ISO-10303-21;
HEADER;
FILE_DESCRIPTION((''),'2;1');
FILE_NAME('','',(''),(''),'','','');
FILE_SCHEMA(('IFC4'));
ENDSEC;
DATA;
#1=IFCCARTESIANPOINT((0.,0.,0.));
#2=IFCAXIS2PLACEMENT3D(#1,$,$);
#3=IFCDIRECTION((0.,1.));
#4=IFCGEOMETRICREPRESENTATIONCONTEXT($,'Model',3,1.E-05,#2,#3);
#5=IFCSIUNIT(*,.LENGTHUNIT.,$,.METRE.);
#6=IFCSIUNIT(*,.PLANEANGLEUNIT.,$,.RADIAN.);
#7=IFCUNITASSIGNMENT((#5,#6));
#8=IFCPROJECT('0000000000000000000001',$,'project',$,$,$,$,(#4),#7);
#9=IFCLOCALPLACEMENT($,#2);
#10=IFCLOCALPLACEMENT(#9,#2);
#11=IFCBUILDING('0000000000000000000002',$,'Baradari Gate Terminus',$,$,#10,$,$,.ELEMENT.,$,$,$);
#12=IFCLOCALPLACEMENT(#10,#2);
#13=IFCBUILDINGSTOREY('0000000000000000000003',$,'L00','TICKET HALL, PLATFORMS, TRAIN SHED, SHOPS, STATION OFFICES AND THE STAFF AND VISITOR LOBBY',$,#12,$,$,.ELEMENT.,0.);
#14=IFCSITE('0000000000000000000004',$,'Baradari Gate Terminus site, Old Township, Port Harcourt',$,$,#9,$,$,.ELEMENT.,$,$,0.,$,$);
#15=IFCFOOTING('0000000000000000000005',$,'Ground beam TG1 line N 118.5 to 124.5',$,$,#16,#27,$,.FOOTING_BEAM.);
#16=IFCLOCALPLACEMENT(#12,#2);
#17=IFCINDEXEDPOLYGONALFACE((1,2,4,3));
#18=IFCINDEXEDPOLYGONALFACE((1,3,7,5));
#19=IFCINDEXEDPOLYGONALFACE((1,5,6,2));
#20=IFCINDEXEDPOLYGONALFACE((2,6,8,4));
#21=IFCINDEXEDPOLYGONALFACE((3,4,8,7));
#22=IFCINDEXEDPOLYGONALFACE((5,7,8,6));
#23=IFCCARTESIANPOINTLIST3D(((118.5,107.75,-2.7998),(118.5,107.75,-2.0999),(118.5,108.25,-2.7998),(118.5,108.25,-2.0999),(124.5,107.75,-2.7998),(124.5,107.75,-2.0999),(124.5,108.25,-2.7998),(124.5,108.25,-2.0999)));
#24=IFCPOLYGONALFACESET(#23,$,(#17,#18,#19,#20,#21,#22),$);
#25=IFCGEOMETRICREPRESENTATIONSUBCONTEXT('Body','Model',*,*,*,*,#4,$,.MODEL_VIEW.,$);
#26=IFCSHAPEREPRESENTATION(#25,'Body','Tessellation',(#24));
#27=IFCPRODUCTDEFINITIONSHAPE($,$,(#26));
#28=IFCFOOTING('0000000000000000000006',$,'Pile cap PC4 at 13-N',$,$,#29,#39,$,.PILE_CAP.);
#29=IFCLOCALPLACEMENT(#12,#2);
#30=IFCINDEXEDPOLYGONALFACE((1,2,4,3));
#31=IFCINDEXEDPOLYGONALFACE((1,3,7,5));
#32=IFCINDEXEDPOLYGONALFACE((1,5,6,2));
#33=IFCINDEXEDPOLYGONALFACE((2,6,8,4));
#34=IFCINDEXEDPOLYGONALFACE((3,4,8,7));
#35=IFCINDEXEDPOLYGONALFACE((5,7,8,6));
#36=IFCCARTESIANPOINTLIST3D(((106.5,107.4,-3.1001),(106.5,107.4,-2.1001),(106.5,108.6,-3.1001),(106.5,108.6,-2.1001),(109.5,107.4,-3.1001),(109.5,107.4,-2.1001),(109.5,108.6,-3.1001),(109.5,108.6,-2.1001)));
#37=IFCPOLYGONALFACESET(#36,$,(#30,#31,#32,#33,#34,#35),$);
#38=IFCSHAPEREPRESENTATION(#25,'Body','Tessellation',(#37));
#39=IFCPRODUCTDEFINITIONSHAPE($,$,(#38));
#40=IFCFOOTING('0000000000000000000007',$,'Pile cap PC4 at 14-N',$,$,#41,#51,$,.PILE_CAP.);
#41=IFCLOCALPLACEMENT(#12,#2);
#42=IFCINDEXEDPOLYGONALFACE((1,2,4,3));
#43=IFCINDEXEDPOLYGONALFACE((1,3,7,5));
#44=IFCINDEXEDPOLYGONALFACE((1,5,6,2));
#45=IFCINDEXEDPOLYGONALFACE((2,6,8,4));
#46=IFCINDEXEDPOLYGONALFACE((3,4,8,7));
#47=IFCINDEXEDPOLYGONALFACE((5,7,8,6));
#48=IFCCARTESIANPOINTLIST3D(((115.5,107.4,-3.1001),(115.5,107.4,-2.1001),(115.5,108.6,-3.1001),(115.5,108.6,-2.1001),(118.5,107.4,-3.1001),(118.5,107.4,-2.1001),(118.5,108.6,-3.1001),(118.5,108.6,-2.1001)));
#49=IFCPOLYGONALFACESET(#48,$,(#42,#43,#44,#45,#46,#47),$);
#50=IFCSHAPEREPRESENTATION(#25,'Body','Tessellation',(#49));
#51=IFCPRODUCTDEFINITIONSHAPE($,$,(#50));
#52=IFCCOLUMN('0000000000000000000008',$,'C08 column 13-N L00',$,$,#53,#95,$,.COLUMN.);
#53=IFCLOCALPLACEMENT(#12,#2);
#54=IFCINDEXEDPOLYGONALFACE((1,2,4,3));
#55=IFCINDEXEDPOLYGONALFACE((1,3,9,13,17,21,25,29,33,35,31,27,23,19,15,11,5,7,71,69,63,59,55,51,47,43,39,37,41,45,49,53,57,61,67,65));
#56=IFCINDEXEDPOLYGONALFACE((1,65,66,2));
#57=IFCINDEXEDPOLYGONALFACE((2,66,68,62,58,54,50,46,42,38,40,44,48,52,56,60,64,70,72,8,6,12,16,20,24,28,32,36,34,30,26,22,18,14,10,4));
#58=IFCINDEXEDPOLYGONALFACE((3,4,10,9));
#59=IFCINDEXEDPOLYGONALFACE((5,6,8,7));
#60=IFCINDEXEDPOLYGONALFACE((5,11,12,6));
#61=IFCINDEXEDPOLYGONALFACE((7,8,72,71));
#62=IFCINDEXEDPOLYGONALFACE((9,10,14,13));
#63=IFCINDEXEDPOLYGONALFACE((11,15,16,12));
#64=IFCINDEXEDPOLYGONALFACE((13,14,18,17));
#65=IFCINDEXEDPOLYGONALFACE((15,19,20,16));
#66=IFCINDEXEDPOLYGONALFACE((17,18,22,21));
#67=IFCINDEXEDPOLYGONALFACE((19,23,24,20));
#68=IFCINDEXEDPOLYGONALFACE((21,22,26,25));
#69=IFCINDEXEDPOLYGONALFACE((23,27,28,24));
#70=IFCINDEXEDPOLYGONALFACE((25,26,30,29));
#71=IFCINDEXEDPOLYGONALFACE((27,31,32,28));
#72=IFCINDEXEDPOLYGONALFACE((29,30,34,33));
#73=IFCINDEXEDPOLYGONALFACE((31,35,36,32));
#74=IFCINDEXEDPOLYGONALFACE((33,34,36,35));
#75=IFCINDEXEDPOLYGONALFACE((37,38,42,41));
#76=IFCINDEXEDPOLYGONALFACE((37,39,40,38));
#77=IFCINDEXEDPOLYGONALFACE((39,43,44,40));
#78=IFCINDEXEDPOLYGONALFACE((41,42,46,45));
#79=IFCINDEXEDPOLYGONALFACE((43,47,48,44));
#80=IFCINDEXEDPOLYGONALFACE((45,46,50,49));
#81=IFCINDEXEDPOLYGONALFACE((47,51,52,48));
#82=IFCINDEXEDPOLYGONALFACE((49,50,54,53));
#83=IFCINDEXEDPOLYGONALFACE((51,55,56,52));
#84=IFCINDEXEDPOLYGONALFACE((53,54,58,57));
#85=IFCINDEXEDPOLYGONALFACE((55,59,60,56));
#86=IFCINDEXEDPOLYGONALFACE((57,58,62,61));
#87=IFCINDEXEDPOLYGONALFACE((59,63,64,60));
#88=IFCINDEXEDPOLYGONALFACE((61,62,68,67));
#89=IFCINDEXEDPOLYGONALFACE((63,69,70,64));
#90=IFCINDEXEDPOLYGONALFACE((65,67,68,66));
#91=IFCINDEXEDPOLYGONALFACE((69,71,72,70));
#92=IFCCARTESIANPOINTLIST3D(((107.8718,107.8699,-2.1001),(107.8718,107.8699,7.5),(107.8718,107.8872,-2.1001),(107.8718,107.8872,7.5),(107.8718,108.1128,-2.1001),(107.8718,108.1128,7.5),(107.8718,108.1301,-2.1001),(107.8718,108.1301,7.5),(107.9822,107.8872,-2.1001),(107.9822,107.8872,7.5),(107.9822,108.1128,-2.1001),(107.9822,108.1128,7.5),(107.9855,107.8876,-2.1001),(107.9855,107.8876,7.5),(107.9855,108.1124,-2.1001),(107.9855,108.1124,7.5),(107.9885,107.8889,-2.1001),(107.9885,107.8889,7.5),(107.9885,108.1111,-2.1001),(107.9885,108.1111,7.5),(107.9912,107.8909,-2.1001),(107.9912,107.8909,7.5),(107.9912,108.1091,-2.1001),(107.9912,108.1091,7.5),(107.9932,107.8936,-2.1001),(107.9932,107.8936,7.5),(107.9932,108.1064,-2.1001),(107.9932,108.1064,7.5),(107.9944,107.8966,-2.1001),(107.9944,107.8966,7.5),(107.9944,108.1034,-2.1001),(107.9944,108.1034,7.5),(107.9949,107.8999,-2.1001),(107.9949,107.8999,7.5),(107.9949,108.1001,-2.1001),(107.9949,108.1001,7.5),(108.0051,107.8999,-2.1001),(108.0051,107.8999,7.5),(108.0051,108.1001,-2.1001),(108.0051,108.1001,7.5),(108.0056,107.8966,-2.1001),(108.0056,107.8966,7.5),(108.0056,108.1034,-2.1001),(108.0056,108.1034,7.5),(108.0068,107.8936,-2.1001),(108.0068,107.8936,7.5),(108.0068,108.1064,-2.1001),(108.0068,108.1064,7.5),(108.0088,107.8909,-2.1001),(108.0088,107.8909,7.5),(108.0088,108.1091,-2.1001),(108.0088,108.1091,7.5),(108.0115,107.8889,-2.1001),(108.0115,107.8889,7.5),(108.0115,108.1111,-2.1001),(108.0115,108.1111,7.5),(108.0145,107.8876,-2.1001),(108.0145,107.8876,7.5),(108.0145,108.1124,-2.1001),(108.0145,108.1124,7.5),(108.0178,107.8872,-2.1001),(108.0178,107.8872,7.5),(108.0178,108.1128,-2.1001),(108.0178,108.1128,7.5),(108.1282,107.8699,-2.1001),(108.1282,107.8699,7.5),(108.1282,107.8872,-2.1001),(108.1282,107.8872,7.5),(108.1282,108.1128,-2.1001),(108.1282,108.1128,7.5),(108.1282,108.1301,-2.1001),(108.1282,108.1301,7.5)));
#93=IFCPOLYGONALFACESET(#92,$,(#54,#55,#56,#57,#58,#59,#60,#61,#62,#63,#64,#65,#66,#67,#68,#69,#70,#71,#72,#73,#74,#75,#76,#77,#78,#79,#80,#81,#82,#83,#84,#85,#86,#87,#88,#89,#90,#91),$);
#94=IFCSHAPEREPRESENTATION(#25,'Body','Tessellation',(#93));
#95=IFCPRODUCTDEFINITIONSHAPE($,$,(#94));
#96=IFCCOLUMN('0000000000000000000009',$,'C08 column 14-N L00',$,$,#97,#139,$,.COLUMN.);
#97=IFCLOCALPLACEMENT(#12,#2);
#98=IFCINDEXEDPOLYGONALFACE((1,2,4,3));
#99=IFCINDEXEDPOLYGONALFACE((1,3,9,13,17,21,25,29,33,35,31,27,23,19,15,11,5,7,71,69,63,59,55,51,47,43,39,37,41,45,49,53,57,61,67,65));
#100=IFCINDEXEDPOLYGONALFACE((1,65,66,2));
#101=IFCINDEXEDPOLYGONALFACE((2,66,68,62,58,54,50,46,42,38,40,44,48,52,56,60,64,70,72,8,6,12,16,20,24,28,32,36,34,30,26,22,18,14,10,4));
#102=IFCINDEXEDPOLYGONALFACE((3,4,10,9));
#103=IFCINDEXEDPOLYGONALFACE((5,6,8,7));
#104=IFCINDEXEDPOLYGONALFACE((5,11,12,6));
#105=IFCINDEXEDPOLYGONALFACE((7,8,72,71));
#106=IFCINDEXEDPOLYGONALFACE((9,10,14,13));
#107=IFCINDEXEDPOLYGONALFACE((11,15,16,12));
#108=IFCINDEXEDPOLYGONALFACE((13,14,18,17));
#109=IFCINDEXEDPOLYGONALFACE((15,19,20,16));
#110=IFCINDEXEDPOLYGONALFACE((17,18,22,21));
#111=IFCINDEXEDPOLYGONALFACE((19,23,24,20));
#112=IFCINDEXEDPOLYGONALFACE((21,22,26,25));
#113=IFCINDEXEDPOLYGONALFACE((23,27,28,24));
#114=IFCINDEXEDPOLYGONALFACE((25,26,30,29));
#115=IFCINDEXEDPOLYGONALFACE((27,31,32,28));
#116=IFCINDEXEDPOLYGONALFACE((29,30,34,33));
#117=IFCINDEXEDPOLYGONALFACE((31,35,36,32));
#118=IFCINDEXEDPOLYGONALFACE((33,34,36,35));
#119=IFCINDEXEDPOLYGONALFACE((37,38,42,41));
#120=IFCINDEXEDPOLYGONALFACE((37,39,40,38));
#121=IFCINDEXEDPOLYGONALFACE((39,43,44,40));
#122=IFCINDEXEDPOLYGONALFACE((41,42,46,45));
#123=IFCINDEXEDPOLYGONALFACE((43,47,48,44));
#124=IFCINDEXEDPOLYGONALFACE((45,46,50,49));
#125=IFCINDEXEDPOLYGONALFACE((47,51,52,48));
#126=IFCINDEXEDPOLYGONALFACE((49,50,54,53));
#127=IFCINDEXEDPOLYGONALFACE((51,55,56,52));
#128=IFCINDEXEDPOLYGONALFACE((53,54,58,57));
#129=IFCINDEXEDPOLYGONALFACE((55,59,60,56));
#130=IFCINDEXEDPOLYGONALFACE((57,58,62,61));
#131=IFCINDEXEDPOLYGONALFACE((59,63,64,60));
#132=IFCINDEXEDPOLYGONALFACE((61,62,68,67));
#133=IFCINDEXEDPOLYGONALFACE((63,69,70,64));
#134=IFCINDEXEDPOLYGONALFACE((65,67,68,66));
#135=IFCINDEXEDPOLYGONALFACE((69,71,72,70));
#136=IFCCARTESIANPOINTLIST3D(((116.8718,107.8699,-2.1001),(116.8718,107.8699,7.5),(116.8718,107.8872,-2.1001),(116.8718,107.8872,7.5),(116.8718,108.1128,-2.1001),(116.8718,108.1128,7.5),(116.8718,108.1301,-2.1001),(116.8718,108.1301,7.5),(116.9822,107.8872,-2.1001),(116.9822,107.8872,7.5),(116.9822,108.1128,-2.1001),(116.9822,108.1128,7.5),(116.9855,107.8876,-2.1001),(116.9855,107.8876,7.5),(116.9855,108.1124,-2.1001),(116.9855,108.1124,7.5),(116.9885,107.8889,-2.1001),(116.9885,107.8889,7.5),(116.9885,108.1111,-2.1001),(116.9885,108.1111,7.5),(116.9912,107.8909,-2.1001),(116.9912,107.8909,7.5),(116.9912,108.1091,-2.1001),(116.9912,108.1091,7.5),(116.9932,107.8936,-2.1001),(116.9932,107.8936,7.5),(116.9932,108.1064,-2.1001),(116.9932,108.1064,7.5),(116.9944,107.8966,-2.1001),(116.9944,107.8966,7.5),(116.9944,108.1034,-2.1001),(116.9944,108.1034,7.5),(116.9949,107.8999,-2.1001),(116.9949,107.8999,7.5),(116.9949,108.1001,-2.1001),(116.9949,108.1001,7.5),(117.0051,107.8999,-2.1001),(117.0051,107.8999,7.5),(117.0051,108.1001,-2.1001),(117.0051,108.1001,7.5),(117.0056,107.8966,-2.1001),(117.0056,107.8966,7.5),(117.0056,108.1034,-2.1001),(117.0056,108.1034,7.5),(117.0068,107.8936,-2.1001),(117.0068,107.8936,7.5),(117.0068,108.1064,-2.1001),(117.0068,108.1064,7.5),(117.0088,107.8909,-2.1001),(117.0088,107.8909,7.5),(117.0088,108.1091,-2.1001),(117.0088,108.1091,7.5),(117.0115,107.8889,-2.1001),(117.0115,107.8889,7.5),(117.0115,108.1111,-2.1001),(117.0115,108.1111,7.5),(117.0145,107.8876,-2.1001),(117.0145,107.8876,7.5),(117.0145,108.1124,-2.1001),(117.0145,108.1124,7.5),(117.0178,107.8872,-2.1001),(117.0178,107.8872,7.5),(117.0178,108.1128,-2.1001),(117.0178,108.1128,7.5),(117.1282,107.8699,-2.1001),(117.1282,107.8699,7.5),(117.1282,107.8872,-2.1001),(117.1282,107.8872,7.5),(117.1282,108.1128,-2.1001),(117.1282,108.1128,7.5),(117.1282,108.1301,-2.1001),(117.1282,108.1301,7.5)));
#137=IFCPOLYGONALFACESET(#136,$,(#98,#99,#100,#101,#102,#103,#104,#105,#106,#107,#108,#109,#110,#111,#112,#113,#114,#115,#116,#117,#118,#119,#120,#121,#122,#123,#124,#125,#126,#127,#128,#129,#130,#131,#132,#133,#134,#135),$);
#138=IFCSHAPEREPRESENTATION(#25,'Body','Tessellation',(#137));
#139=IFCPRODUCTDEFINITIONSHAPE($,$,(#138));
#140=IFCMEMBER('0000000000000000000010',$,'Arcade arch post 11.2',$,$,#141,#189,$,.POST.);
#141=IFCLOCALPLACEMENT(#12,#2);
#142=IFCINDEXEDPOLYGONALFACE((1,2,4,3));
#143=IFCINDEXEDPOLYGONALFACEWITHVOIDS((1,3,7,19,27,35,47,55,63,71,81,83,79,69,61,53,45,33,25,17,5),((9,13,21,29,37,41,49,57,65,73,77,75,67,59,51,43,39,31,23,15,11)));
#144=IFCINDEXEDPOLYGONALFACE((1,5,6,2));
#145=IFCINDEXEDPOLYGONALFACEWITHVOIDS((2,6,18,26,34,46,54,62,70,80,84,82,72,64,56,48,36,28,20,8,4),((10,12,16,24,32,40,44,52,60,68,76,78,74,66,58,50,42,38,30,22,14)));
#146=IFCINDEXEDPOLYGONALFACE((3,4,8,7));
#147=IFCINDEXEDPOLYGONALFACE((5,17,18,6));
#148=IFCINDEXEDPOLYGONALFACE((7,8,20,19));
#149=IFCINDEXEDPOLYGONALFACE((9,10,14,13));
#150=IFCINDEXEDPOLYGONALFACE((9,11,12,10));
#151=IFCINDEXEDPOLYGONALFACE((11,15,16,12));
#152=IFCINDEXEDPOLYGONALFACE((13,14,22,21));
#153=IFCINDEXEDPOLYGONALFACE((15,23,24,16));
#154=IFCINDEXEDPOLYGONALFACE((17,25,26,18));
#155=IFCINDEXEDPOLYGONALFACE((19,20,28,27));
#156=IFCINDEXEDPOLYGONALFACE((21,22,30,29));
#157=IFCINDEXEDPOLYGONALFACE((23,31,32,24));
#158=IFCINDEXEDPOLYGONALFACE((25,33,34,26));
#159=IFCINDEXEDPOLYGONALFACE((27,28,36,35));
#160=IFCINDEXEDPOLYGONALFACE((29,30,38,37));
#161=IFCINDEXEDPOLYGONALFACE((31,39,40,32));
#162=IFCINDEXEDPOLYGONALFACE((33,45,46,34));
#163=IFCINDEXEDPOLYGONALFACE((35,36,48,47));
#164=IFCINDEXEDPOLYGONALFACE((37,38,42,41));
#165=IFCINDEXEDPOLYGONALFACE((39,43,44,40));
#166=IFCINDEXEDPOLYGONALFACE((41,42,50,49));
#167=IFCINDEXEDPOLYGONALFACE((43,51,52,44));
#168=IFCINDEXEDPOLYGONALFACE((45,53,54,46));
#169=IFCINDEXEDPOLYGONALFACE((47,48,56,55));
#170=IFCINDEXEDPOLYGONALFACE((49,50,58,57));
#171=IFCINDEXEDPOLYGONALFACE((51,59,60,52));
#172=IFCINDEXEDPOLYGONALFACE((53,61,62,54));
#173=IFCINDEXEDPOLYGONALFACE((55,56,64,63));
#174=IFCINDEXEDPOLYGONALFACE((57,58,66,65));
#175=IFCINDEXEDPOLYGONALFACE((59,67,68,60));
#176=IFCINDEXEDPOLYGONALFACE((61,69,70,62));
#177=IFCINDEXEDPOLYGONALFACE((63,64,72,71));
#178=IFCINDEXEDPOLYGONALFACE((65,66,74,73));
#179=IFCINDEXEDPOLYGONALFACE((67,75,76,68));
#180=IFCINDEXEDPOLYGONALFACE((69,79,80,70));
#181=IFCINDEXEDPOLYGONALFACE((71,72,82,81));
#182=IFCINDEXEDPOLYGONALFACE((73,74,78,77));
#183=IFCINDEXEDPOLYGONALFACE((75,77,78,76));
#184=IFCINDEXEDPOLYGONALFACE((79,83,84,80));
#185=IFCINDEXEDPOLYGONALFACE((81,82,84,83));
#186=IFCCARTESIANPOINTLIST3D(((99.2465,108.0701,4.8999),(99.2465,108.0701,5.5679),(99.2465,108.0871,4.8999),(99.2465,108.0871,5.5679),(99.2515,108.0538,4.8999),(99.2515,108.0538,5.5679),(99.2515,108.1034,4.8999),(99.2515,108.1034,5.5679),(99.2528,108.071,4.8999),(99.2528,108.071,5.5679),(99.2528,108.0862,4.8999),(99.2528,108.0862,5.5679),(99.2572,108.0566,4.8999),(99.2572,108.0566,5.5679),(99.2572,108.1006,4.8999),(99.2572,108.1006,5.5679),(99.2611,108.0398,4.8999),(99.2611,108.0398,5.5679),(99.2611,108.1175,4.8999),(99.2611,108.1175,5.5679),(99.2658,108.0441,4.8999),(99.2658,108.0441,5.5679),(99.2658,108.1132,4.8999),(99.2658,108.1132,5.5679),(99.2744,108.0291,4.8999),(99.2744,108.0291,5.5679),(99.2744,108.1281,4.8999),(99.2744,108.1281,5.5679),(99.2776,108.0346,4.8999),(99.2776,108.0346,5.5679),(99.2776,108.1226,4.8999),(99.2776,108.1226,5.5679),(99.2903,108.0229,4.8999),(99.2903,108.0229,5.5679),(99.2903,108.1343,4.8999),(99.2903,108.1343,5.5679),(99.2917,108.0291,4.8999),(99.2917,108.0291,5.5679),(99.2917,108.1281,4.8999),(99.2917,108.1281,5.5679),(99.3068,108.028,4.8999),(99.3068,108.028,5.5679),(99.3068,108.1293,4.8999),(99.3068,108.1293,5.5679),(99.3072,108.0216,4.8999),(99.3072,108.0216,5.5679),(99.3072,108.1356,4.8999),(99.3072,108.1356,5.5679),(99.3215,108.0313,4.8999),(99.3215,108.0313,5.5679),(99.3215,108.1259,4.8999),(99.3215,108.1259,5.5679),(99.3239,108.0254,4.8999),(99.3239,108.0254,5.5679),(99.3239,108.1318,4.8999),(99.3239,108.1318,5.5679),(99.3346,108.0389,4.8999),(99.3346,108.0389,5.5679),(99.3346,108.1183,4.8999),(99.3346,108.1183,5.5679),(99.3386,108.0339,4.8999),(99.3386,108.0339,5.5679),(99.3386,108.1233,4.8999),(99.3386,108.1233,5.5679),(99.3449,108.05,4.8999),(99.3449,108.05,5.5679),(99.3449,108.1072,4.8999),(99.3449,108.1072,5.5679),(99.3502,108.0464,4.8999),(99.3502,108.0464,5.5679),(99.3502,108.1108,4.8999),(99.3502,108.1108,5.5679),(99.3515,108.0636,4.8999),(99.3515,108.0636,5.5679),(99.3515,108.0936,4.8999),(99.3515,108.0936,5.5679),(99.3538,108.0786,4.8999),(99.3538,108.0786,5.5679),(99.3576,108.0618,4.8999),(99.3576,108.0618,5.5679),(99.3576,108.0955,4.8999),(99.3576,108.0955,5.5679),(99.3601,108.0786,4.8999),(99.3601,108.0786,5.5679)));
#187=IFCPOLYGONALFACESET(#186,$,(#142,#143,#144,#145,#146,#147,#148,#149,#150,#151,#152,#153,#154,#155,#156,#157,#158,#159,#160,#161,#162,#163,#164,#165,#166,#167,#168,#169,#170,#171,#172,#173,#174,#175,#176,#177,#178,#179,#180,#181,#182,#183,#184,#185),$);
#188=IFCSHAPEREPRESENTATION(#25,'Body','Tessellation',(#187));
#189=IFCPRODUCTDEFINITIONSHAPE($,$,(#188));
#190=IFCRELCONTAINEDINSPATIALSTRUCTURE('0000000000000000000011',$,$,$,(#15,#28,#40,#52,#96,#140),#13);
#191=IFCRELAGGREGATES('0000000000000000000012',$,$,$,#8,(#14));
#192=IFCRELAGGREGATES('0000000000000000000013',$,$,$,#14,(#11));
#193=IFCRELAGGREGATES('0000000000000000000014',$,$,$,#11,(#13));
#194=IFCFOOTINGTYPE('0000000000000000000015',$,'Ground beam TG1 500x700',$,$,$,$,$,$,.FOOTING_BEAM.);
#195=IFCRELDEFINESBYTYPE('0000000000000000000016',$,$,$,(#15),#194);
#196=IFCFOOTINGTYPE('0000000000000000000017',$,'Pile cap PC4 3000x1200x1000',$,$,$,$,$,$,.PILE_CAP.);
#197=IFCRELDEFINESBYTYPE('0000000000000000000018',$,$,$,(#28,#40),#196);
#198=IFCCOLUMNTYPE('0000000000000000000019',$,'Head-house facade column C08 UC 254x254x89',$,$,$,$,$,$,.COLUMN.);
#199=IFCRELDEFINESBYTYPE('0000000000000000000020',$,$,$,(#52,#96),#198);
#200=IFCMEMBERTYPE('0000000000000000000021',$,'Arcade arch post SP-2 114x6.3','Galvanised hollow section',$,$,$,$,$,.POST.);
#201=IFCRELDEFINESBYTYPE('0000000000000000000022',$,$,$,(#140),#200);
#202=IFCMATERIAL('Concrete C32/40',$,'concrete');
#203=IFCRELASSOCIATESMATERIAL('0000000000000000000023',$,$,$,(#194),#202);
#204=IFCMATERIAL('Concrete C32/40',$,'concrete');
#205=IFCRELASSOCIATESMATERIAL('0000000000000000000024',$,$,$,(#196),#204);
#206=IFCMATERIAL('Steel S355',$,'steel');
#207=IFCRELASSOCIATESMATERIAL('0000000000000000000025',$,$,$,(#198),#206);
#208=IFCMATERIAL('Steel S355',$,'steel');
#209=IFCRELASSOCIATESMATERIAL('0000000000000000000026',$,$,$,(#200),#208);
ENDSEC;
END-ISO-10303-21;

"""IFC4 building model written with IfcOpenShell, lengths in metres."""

from ifc_helpers import new_model, si_unit, direction, frame, origin, origin_2d, place, context, subcontext, project, spatial, rectangle, hollow_circle, i_section, extrude, material, material_profile, profile_set, type_object, element, save


model = new_model("IFC4")

# Units and contexts
model_context = context("Model", 3, precision=1e-05, world=origin(), true_north=direction((0.0, 1.0)))
body_context = subcontext(model_context, "Body", "Model", "MODEL_VIEW")
ifc_project = project(units=[si_unit("LENGTHUNIT", "METRE"), si_unit("PLANEANGLEUNIT", "RADIAN")], contexts=[model_context])

# Site, building, storey
site_placement = place(None, origin())
site = spatial("IfcSite", under=ifc_project, at=site_placement, Name="Baradari Gate Terminus site, Old Township, Port Harcourt", CompositionType="ELEMENT", RefElevation=0.0)
building_placement = place(site_placement, origin())
building = spatial("IfcBuilding", under=site, at=building_placement, Name="Baradari Gate Terminus", CompositionType="ELEMENT")
storey_placement = place(building_placement, origin())
storey = spatial("IfcBuildingStorey", under=building, at=storey_placement, Name="L00", Description="TICKET HALL, PLATFORMS, TRAIN SHED, SHOPS, STATION OFFICES AND THE STAFF AND VISITOR LOBBY", CompositionType="ELEMENT", Elevation=0.0)

# Footings
ifc_material_1 = material(Name="Concrete C32/40", Category="concrete")
footing_type_1 = type_object("IfcFootingType", Name="Ground beam TG1 500x700", PredefinedType="FOOTING_BEAM", material=ifc_material_1)
for number, where, z_axis, x_axis, name in (
    (1, (121.5, 108.0, -2.7998), (0.0, 0.0, 1.0), (1.0, 0.0, 0.0), "Ground beam TG1 line N 118.5 to 124.5"),
):
    element("IfcFooting", number, at=place(storey_placement, frame(where, z_axis=z_axis, x_axis=x_axis)), inside=storey, type_object=footing_type_1, Name=name, PredefinedType="FOOTING_BEAM", context=body_context, shape_type="SweptSolid", body=[
        extrude(rectangle(XDim=6.0, YDim=0.5, at=origin_2d()), origin(), (0.0, 0.0, 1.0), 0.7),
    ])
ifc_material_2 = material(Name="Concrete C32/40", Category="concrete")
footing_type_2 = type_object("IfcFootingType", Name="Pile cap PC4 3000x1200x1000", PredefinedType="PILE_CAP", material=ifc_material_2)
for number, where, z_axis, x_axis, name in (
    (2, (108.0, 108.0, -3.1001), (0.0, 0.0, 1.0), (1.0, 0.0, 0.0), "Pile cap PC4 at 13-N"),
    (3, (117.0, 108.0, -3.1001), (0.0, 0.0, 1.0), (1.0, 0.0, 0.0), "Pile cap PC4 at 14-N"),
):
    element("IfcFooting", number, at=place(storey_placement, frame(where, z_axis=z_axis, x_axis=x_axis)), inside=storey, type_object=footing_type_2, Name=name, PredefinedType="PILE_CAP", context=body_context, shape_type="SweptSolid", body=[
        extrude(rectangle(XDim=3.0, YDim=1.2, at=origin_2d()), origin(), (0.0, 0.0, 1.0), 1.0),
    ])

# Columns
ifc_material_3 = material(Name="Steel S355", Category="steel")
ifc_material_profile_1 = material_profile(ifc_material_3, i_section(OverallWidth=0.2563, OverallDepth=0.2603, WebThickness=0.0103, FlangeThickness=0.0173, FilletRadius=0.0127, at=origin_2d()), Name="UC 254x254x89")
ifc_profile_set_1 = profile_set([ifc_material_profile_1], Name="Steel S355")
column_type = type_object("IfcColumnType", Name="Head-house facade column C08 UC 254x254x89", PredefinedType="COLUMN", material=ifc_profile_set_1)
for number, where, z_axis, x_axis, name in (
    (4, (108.0, 108.0, -2.1001), (0.0, 0.0, 1.0), (1.0, 0.0, 0.0), "C08 column 13-N L00"),
    (5, (117.0, 108.0, -2.1001), (0.0, 0.0, 1.0), (1.0, 0.0, 0.0), "C08 column 14-N L00"),
):
    element("IfcColumn", number, at=place(storey_placement, frame(where, z_axis=z_axis, x_axis=x_axis)), inside=storey, type_object=column_type, Name=name, PredefinedType="COLUMN", context=body_context, shape_type="SweptSolid", body=[
        extrude(i_section(OverallWidth=0.2563, OverallDepth=0.2603, WebThickness=0.0103, FlangeThickness=0.0173, FilletRadius=0.0127, at=origin_2d()), origin(), (0.0, 0.0, 1.0), 9.6001),
    ])

# Member
ifc_material_4 = material(Name="Steel S355", Category="steel")
ifc_material_profile_2 = material_profile(ifc_material_4, hollow_circle(Radius=0.0571, WallThickness=0.0063, at=origin_2d()), Name="CHS 114.3x6.3")
ifc_profile_set_2 = profile_set([ifc_material_profile_2], Name="Steel S355")
member_type_1 = type_object("IfcMemberType", Name="Arcade arch post SP-2 114x6.3", Description="Galvanised hollow section", PredefinedType="POST", material=ifc_profile_set_2)
member_1_placement = place(storey_placement, frame((99.303, 108.0786, 4.8999), z_axis=(0.0, 0.0, 1.0), x_axis=(1.0, 0.0, 0.0)))
element("IfcMember", 6, at=member_1_placement, inside=storey, type_object=member_type_1, Name="Arcade arch post 11.2", PredefinedType="POST", context=body_context, shape_type="SweptSolid", body=[
    extrude(hollow_circle(Radius=0.0571, WallThickness=0.0063, at=origin_2d()), origin(), (0.0, 0.0, 1.0), 0.668),
])

save(model, "model.ifc")
